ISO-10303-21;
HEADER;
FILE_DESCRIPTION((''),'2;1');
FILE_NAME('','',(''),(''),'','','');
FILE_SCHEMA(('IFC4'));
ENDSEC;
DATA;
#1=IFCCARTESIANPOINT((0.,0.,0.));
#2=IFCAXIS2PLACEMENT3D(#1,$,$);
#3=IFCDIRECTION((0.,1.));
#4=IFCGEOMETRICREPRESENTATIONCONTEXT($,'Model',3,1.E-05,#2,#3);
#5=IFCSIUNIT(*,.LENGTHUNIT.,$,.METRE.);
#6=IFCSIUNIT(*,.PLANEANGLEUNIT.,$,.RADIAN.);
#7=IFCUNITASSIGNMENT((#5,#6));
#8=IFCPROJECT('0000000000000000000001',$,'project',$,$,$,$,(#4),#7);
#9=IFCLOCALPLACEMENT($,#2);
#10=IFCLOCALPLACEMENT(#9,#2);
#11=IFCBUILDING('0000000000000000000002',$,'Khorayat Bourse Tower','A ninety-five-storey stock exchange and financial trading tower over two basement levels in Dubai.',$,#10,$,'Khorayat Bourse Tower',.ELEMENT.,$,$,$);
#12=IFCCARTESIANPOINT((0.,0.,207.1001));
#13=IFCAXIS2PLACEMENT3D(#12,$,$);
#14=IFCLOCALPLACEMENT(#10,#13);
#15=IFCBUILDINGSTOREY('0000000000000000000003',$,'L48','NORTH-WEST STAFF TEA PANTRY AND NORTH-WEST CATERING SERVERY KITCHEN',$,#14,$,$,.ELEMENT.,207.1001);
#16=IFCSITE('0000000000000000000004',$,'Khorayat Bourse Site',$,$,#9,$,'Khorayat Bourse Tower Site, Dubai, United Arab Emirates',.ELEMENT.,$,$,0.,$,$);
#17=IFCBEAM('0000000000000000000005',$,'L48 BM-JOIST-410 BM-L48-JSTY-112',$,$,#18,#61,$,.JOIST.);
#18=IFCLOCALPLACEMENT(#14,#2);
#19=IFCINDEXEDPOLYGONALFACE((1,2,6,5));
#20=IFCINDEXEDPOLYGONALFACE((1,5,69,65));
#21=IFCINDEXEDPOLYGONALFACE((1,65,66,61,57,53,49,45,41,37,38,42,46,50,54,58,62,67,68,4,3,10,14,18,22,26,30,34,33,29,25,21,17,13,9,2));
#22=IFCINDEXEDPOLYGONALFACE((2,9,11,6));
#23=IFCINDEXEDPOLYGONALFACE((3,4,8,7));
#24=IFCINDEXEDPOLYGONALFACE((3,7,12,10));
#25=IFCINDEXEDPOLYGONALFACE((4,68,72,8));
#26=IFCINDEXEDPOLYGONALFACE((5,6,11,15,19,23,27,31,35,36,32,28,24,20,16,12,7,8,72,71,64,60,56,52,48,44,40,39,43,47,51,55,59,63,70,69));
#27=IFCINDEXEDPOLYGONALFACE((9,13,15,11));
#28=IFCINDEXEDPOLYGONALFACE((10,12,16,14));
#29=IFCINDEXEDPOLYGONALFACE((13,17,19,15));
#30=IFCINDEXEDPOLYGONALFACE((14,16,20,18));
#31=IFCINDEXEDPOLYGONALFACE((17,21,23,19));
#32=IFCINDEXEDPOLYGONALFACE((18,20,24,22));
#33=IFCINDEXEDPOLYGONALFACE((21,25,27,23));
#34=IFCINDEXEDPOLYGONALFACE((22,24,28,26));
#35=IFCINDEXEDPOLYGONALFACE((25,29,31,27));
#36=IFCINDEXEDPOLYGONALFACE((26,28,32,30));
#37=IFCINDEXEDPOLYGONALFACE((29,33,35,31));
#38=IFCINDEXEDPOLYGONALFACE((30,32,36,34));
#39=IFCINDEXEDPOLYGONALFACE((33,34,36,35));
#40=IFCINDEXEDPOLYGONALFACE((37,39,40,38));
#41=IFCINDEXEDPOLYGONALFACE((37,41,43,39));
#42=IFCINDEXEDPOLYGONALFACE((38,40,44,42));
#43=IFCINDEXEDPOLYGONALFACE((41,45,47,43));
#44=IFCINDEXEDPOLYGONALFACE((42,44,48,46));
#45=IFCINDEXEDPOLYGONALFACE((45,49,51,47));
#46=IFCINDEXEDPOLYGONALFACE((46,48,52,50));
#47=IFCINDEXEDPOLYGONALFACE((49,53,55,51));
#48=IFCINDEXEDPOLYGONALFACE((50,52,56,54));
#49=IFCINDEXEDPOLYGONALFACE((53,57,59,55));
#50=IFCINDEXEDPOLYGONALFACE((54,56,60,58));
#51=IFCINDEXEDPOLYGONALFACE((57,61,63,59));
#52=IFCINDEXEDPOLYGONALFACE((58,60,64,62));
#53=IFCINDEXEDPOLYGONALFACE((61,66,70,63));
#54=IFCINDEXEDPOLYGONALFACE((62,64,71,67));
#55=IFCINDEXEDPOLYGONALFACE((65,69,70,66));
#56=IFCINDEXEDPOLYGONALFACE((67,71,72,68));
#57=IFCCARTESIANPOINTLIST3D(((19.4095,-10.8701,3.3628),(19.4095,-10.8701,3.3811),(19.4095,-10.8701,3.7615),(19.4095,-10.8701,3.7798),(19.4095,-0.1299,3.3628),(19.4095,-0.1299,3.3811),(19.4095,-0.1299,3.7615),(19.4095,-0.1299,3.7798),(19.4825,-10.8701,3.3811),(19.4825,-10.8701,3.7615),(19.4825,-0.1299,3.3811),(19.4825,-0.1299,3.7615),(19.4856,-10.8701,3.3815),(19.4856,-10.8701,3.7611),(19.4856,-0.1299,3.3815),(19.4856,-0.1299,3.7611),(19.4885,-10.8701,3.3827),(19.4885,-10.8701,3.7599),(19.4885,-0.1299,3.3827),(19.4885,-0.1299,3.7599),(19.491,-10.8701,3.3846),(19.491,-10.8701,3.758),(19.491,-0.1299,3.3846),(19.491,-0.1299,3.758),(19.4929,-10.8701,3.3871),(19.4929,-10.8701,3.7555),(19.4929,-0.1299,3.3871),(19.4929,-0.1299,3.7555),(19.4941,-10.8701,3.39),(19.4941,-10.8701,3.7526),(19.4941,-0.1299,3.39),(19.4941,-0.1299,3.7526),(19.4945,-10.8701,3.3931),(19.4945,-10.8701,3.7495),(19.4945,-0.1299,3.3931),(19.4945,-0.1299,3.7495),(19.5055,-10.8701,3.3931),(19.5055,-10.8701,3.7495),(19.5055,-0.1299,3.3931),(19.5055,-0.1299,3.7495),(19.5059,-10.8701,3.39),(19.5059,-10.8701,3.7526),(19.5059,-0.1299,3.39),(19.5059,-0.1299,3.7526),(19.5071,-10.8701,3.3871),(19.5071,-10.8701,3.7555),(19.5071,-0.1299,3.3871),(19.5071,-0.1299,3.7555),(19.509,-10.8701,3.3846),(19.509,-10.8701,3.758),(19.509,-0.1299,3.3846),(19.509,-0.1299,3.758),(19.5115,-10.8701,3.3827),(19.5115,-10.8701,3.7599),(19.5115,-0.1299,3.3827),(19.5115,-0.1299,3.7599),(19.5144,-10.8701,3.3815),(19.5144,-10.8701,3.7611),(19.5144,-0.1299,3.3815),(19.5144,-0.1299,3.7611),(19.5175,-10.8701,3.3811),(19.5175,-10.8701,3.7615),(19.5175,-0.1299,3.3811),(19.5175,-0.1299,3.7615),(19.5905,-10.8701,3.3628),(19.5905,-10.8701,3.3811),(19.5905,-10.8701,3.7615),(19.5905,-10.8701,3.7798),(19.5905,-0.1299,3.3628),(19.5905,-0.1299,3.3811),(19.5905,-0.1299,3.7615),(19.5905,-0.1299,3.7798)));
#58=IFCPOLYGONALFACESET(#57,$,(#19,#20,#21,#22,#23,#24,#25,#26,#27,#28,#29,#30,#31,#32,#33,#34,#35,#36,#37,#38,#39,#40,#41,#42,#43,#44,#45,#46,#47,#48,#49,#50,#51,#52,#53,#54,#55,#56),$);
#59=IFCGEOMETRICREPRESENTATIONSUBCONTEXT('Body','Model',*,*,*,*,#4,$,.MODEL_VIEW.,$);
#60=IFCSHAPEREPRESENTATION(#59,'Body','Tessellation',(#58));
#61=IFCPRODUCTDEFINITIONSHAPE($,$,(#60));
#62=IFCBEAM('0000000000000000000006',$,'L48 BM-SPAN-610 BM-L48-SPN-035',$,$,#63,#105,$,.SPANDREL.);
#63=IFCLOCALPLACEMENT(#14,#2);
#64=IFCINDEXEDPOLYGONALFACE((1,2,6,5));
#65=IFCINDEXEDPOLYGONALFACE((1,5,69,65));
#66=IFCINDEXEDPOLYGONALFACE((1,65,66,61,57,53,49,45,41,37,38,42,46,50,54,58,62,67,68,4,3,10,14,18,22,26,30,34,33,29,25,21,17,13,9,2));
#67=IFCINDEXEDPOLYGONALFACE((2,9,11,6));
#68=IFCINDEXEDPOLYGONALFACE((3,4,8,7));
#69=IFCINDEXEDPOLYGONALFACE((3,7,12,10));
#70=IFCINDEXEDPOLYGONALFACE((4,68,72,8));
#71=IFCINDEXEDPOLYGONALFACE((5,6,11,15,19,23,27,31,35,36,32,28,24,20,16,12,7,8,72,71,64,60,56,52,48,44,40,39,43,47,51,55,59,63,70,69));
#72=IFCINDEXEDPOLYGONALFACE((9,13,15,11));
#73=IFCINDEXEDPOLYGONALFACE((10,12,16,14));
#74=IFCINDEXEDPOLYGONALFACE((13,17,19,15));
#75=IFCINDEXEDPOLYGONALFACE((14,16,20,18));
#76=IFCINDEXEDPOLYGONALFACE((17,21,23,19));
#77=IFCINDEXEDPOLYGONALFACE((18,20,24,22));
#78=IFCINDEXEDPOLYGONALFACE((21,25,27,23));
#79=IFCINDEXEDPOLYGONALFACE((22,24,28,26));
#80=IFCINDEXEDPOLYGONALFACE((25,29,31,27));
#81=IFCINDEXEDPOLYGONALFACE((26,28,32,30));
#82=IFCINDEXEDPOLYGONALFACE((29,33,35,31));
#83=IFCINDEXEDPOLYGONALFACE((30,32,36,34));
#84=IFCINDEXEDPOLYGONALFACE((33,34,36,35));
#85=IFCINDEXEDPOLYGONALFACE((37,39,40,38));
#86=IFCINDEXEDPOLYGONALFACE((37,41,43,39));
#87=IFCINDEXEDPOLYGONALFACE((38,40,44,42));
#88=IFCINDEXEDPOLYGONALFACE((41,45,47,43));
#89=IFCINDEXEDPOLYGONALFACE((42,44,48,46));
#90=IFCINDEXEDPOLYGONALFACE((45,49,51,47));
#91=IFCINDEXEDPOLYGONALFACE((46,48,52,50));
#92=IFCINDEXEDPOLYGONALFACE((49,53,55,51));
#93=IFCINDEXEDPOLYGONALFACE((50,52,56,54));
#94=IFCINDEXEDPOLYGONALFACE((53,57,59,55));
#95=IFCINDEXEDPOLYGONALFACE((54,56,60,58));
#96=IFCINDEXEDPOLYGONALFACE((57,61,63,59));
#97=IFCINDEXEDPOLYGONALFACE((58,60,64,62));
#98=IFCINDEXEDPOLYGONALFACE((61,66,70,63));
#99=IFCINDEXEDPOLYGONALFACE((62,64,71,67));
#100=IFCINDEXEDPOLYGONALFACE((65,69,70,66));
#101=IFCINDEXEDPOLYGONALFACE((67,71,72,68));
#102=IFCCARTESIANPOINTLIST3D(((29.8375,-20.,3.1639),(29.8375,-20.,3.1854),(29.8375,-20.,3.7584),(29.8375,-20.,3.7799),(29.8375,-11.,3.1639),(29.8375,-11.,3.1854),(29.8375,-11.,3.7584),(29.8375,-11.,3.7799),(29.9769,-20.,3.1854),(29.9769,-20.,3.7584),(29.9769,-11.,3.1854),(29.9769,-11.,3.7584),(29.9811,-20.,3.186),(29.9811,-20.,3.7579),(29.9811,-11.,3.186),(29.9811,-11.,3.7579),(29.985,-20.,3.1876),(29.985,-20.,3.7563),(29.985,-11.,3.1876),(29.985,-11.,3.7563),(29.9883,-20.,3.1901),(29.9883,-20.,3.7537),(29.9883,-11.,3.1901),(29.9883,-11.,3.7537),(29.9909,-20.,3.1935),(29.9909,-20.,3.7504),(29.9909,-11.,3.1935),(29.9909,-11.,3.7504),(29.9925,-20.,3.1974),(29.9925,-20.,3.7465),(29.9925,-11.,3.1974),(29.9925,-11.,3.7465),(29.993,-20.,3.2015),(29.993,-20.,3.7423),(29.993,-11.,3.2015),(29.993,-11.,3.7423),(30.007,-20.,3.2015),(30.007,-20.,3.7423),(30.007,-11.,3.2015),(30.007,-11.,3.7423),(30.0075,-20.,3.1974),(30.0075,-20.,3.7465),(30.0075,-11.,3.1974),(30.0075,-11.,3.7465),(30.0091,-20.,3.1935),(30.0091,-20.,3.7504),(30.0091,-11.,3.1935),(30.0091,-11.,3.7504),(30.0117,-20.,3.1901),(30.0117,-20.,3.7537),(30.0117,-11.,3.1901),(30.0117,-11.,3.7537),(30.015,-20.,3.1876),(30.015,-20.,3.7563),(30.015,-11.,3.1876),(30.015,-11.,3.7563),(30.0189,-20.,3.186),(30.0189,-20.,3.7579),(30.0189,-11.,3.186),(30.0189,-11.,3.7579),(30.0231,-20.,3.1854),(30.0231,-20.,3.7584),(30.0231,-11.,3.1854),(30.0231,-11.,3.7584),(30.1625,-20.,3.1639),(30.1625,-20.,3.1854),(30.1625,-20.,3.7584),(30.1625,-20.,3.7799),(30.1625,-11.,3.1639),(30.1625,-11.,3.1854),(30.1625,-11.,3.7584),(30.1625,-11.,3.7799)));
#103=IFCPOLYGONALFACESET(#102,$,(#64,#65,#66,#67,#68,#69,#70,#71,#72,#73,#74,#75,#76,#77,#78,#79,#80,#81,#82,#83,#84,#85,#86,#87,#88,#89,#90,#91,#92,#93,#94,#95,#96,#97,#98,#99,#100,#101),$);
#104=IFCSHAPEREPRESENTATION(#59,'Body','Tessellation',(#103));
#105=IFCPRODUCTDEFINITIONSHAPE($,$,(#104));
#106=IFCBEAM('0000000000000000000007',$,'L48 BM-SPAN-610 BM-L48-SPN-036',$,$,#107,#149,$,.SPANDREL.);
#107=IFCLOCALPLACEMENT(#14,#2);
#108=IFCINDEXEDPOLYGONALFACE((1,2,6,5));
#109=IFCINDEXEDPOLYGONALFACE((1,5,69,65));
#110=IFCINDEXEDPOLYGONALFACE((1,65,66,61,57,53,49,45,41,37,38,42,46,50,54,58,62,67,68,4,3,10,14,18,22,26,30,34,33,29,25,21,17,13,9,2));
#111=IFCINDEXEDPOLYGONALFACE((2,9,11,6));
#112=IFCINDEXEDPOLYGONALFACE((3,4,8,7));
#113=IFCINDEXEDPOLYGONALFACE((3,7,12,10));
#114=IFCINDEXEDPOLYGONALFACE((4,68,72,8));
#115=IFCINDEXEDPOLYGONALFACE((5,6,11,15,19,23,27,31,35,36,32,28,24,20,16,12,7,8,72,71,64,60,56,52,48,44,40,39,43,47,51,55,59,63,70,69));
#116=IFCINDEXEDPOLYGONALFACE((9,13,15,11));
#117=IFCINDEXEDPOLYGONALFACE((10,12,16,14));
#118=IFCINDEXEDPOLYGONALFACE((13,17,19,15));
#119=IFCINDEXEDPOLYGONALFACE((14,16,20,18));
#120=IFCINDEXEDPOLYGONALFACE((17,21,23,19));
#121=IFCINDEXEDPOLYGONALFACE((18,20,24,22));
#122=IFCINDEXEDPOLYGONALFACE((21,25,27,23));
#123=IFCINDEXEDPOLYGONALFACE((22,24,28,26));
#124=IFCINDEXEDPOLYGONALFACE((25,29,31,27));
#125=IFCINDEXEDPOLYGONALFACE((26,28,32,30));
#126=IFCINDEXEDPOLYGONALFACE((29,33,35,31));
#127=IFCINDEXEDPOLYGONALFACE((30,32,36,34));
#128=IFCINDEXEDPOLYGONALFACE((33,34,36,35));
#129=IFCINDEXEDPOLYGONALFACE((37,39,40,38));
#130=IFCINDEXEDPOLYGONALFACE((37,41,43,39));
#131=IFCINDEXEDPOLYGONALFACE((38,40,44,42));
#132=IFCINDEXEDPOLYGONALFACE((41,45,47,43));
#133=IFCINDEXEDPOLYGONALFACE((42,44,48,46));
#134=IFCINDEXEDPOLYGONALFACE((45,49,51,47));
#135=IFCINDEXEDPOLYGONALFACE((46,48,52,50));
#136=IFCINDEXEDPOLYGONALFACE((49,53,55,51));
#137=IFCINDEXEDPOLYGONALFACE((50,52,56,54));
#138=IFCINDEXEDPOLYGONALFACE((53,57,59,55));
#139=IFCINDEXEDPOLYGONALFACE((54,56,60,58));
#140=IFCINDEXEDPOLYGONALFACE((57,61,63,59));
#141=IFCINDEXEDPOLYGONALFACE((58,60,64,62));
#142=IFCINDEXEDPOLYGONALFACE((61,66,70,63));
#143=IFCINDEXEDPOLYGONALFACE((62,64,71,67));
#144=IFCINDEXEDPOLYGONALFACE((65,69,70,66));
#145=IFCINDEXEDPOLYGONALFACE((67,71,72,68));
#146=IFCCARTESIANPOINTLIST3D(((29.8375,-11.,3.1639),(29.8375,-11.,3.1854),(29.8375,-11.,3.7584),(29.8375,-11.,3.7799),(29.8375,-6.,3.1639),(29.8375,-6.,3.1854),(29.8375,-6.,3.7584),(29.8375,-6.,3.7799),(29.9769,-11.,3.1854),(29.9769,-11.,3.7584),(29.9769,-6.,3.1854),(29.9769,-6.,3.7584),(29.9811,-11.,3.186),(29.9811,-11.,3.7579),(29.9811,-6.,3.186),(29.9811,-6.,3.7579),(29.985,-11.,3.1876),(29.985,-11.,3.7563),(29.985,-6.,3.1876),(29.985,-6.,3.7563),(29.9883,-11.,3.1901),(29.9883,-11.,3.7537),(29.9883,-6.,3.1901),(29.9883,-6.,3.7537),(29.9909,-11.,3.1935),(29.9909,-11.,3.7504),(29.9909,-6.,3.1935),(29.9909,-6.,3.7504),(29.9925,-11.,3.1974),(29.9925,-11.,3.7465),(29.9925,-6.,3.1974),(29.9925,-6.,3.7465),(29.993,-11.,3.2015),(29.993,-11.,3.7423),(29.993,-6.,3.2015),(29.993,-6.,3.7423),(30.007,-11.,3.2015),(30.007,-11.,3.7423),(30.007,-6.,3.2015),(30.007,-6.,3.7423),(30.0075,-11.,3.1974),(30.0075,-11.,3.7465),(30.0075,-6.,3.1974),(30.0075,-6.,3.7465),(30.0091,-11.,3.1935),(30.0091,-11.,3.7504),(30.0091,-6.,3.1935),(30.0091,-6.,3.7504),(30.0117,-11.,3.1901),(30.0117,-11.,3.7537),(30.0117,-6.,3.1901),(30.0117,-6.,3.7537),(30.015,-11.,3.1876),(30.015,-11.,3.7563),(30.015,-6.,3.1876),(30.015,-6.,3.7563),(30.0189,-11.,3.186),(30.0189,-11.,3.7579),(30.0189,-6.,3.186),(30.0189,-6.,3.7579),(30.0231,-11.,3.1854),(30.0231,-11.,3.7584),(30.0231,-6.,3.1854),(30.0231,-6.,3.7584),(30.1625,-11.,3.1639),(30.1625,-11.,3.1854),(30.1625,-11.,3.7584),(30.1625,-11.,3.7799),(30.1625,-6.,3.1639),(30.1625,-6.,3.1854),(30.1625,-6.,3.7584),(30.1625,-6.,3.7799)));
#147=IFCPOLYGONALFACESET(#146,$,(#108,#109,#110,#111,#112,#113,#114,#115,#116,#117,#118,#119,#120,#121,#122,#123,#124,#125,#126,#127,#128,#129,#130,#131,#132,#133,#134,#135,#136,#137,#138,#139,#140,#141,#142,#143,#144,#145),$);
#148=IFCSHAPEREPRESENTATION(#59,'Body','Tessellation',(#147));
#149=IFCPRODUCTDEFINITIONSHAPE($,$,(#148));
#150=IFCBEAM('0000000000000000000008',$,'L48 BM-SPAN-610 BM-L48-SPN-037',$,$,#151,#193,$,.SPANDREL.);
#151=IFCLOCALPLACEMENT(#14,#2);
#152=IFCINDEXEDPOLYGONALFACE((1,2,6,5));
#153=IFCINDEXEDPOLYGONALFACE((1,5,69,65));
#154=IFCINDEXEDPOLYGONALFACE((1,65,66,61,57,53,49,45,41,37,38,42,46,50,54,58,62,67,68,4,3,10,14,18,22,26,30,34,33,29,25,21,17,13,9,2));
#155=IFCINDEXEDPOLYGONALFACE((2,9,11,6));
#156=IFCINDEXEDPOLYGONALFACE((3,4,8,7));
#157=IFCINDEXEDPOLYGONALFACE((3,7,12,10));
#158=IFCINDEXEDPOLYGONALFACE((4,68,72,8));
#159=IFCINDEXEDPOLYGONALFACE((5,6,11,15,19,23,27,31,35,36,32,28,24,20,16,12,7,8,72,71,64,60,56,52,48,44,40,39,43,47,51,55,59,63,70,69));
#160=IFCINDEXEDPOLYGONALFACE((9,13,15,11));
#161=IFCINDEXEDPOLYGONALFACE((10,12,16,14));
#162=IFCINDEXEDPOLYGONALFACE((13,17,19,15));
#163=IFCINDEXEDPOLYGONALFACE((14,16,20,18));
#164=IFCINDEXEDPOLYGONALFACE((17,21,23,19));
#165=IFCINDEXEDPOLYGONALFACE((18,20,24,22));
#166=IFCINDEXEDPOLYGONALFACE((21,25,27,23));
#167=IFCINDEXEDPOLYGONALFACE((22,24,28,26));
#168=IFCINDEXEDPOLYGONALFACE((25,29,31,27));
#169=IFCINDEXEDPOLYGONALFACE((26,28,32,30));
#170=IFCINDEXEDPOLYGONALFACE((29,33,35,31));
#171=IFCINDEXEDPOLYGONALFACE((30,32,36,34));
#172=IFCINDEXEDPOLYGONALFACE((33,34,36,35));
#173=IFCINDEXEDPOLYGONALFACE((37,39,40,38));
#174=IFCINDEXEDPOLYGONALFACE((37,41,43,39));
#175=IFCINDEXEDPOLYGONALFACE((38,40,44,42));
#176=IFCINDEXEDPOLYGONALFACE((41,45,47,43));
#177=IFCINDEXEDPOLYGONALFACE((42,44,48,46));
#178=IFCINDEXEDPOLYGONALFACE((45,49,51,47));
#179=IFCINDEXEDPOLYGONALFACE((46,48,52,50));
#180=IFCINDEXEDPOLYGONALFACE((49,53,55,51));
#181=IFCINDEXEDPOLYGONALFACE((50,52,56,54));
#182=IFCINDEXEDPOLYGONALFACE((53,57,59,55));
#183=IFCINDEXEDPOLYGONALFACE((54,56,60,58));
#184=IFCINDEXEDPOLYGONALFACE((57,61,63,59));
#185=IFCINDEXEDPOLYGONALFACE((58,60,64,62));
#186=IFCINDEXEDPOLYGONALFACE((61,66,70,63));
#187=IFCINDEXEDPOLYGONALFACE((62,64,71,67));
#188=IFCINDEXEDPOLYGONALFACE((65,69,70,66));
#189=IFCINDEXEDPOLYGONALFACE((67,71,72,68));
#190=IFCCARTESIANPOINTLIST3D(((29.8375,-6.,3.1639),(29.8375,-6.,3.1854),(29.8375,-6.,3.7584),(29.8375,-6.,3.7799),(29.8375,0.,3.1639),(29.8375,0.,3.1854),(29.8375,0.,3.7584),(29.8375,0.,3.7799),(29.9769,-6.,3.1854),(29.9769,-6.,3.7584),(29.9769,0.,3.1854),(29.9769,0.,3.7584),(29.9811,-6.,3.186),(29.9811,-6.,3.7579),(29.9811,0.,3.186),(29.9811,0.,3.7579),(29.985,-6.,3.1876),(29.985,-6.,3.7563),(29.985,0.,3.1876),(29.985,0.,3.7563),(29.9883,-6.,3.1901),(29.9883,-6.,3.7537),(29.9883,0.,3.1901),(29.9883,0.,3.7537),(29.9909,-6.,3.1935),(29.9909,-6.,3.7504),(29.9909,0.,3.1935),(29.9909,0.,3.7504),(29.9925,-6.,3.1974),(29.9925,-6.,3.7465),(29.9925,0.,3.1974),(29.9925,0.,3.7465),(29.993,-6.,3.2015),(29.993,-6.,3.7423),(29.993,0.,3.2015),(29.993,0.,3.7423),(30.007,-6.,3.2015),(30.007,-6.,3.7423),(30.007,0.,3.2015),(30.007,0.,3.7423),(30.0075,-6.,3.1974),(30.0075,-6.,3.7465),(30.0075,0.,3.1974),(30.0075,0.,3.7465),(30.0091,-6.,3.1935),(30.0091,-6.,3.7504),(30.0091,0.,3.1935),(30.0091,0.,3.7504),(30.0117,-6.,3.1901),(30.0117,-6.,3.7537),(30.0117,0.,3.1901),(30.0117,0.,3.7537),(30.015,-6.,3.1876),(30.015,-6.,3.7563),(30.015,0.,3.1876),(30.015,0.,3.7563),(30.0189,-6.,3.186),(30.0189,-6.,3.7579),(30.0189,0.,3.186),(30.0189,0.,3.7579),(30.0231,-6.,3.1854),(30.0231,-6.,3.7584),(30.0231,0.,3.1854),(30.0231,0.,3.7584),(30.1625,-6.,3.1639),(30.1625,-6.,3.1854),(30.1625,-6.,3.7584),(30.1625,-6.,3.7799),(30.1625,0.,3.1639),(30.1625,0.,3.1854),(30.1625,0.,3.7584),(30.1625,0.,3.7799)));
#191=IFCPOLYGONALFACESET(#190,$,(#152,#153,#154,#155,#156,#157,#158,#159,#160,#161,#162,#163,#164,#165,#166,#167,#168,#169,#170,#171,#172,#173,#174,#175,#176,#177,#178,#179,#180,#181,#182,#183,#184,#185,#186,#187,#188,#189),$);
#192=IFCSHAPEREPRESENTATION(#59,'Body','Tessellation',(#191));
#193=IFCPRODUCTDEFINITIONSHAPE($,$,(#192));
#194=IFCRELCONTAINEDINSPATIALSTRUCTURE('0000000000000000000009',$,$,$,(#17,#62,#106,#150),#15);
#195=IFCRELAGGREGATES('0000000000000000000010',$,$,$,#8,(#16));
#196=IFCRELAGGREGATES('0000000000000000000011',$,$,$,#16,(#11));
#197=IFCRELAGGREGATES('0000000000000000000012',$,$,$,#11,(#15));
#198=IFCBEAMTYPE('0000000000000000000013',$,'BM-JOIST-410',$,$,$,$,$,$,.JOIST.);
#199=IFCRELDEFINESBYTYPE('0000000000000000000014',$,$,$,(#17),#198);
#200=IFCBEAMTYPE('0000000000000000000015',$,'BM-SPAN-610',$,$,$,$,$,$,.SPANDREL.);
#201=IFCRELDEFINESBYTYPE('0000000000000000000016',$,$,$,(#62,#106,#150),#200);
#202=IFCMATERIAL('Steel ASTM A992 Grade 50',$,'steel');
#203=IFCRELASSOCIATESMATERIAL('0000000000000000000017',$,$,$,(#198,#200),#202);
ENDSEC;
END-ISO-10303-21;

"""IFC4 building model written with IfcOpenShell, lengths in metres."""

from ifc_helpers import new_model, si_unit, direction, frame, origin, origin_2d, place, context, subcontext, project, spatial, i_section, extrude, source, transform, mapped, material, material_profile, profile_set, type_object, element, save


model = new_model("IFC4")

# Units and contexts
model_context = context("Model", 3, precision=1e-05, world=origin(), true_north=direction((0.0, 1.0)))
body_context = subcontext(model_context, "Body", "Model", "MODEL_VIEW")
ifc_project = project(units=[si_unit("LENGTHUNIT", "METRE"), si_unit("PLANEANGLEUNIT", "RADIAN")], contexts=[model_context])

# Site, building, storey
site_placement = place(None, origin())
site = spatial("IfcSite", under=ifc_project, at=site_placement, Name="Khorayat Bourse Site", LongName="Khorayat Bourse Tower Site, Dubai, United Arab Emirates", CompositionType="ELEMENT", RefElevation=0.0)
building_placement = place(site_placement, origin())
building = spatial("IfcBuilding", under=site, at=building_placement, Name="Khorayat Bourse Tower", Description="A ninety-five-storey stock exchange and financial trading tower over two basement levels in Dubai.", LongName="Khorayat Bourse Tower", CompositionType="ELEMENT")
storey_placement = place(building_placement, frame((0.0, 0.0, 207.1001)))
storey = spatial("IfcBuildingStorey", under=building, at=storey_placement, Name="L48", Description="NORTH-WEST STAFF TEA PANTRY AND NORTH-WEST CATERING SERVERY KITCHEN", CompositionType="ELEMENT", Elevation=207.1001)

# Beams
ifc_material_1 = material(Name="Steel ASTM A992 Grade 50", Category="steel")
ifc_material_profile_1 = material_profile(ifc_material_1, i_section(OverallWidth=0.1809, OverallDepth=0.417, WebThickness=0.011, FlangeThickness=0.0183, FilletRadius=0.012, at=origin_2d()), Name="W410X85")
ifc_profile_set_1 = profile_set([ifc_material_profile_1], Name="Steel ASTM A992 Grade 50")
beam_type_1 = type_object("IfcBeamType", Name="BM-JOIST-410", PredefinedType="JOIST", material=ifc_profile_set_1)
shared_shape_1 = source(origin(), body_context, "Body", "SweptSolid", [
    extrude(i_section(OverallWidth=0.1809, OverallDepth=0.417, WebThickness=0.011, FlangeThickness=0.0183, FilletRadius=0.012, at=origin_2d()), origin(), (0.0, 0.0, 1.0), 10.7402),
])
beam_1_placement = place(storey_placement, frame((19.5, -10.8701, 3.5713), z_axis=(0.0, 1.0, 0.0), x_axis=(-1.0, 0.0, 0.0)))
element("IfcBeam", 1, at=beam_1_placement, inside=storey, type_object=beam_type_1, Name="L48 BM-JOIST-410 BM-L48-JSTY-112", PredefinedType="JOIST", context=body_context, shape_type="MappedRepresentation", body=[
    mapped(shared_shape_1, transform((0.0, 0.0, 0.0), scale=1.0)),
])
ifc_material_profile_2 = material_profile(ifc_material_1, i_section(OverallWidth=0.325, OverallDepth=0.616, WebThickness=0.0139, FlangeThickness=0.0215, FilletRadius=0.0161, at=origin_2d()), Name="W610X174")
ifc_profile_set_2 = profile_set([ifc_material_profile_2], Name="Steel ASTM A992 Grade 50")
beam_type_2 = type_object("IfcBeamType", Name="BM-SPAN-610", PredefinedType="SPANDREL", material=ifc_profile_set_2)
shared_shape_2 = source(origin(), body_context, "Body", "SweptSolid", [
    extrude(i_section(OverallWidth=0.325, OverallDepth=0.616, WebThickness=0.0139, FlangeThickness=0.0215, FilletRadius=0.0161, at=origin_2d()), origin(), (0.0, 0.0, 1.0), 9.0),
])
beam_2_placement = place(storey_placement, frame((30.0, -20.0, 3.4719), z_axis=(0.0, 1.0, 0.0), x_axis=(-1.0, 0.0, 0.0)))
element("IfcBeam", 2, at=beam_2_placement, inside=storey, type_object=beam_type_2, Name="L48 BM-SPAN-610 BM-L48-SPN-035", PredefinedType="SPANDREL", context=body_context, shape_type="MappedRepresentation", body=[
    mapped(shared_shape_2, transform((0.0, 0.0, 0.0), scale=1.0)),
])
shared_shape_3 = source(origin(), body_context, "Body", "SweptSolid", [
    extrude(i_section(OverallWidth=0.325, OverallDepth=0.616, WebThickness=0.0139, FlangeThickness=0.0215, FilletRadius=0.0161, at=origin_2d()), origin(), (0.0, 0.0, 1.0), 5.0),
])
beam_3_placement = place(storey_placement, frame((30.0, -11.0, 3.4719), z_axis=(0.0, 1.0, 0.0), x_axis=(-1.0, 0.0, 0.0)))
element("IfcBeam", 3, at=beam_3_placement, inside=storey, type_object=beam_type_2, Name="L48 BM-SPAN-610 BM-L48-SPN-036", PredefinedType="SPANDREL", context=body_context, shape_type="MappedRepresentation", body=[
    mapped(shared_shape_3, transform((0.0, 0.0, 0.0), scale=1.0)),
])
shared_shape_4 = source(origin(), body_context, "Body", "SweptSolid", [
    extrude(i_section(OverallWidth=0.325, OverallDepth=0.616, WebThickness=0.0139, FlangeThickness=0.0215, FilletRadius=0.0161, at=origin_2d()), origin(), (0.0, 0.0, 1.0), 6.0),
])
beam_4_placement = place(storey_placement, frame((30.0, -6.0, 3.4719), z_axis=(0.0, 1.0, 0.0), x_axis=(-1.0, 0.0, 0.0)))
element("IfcBeam", 4, at=beam_4_placement, inside=storey, type_object=beam_type_2, Name="L48 BM-SPAN-610 BM-L48-SPN-037", PredefinedType="SPANDREL", context=body_context, shape_type="MappedRepresentation", body=[
    mapped(shared_shape_4, transform((0.0, 0.0, 0.0), scale=1.0)),
])

save(model, "model.ifc")
